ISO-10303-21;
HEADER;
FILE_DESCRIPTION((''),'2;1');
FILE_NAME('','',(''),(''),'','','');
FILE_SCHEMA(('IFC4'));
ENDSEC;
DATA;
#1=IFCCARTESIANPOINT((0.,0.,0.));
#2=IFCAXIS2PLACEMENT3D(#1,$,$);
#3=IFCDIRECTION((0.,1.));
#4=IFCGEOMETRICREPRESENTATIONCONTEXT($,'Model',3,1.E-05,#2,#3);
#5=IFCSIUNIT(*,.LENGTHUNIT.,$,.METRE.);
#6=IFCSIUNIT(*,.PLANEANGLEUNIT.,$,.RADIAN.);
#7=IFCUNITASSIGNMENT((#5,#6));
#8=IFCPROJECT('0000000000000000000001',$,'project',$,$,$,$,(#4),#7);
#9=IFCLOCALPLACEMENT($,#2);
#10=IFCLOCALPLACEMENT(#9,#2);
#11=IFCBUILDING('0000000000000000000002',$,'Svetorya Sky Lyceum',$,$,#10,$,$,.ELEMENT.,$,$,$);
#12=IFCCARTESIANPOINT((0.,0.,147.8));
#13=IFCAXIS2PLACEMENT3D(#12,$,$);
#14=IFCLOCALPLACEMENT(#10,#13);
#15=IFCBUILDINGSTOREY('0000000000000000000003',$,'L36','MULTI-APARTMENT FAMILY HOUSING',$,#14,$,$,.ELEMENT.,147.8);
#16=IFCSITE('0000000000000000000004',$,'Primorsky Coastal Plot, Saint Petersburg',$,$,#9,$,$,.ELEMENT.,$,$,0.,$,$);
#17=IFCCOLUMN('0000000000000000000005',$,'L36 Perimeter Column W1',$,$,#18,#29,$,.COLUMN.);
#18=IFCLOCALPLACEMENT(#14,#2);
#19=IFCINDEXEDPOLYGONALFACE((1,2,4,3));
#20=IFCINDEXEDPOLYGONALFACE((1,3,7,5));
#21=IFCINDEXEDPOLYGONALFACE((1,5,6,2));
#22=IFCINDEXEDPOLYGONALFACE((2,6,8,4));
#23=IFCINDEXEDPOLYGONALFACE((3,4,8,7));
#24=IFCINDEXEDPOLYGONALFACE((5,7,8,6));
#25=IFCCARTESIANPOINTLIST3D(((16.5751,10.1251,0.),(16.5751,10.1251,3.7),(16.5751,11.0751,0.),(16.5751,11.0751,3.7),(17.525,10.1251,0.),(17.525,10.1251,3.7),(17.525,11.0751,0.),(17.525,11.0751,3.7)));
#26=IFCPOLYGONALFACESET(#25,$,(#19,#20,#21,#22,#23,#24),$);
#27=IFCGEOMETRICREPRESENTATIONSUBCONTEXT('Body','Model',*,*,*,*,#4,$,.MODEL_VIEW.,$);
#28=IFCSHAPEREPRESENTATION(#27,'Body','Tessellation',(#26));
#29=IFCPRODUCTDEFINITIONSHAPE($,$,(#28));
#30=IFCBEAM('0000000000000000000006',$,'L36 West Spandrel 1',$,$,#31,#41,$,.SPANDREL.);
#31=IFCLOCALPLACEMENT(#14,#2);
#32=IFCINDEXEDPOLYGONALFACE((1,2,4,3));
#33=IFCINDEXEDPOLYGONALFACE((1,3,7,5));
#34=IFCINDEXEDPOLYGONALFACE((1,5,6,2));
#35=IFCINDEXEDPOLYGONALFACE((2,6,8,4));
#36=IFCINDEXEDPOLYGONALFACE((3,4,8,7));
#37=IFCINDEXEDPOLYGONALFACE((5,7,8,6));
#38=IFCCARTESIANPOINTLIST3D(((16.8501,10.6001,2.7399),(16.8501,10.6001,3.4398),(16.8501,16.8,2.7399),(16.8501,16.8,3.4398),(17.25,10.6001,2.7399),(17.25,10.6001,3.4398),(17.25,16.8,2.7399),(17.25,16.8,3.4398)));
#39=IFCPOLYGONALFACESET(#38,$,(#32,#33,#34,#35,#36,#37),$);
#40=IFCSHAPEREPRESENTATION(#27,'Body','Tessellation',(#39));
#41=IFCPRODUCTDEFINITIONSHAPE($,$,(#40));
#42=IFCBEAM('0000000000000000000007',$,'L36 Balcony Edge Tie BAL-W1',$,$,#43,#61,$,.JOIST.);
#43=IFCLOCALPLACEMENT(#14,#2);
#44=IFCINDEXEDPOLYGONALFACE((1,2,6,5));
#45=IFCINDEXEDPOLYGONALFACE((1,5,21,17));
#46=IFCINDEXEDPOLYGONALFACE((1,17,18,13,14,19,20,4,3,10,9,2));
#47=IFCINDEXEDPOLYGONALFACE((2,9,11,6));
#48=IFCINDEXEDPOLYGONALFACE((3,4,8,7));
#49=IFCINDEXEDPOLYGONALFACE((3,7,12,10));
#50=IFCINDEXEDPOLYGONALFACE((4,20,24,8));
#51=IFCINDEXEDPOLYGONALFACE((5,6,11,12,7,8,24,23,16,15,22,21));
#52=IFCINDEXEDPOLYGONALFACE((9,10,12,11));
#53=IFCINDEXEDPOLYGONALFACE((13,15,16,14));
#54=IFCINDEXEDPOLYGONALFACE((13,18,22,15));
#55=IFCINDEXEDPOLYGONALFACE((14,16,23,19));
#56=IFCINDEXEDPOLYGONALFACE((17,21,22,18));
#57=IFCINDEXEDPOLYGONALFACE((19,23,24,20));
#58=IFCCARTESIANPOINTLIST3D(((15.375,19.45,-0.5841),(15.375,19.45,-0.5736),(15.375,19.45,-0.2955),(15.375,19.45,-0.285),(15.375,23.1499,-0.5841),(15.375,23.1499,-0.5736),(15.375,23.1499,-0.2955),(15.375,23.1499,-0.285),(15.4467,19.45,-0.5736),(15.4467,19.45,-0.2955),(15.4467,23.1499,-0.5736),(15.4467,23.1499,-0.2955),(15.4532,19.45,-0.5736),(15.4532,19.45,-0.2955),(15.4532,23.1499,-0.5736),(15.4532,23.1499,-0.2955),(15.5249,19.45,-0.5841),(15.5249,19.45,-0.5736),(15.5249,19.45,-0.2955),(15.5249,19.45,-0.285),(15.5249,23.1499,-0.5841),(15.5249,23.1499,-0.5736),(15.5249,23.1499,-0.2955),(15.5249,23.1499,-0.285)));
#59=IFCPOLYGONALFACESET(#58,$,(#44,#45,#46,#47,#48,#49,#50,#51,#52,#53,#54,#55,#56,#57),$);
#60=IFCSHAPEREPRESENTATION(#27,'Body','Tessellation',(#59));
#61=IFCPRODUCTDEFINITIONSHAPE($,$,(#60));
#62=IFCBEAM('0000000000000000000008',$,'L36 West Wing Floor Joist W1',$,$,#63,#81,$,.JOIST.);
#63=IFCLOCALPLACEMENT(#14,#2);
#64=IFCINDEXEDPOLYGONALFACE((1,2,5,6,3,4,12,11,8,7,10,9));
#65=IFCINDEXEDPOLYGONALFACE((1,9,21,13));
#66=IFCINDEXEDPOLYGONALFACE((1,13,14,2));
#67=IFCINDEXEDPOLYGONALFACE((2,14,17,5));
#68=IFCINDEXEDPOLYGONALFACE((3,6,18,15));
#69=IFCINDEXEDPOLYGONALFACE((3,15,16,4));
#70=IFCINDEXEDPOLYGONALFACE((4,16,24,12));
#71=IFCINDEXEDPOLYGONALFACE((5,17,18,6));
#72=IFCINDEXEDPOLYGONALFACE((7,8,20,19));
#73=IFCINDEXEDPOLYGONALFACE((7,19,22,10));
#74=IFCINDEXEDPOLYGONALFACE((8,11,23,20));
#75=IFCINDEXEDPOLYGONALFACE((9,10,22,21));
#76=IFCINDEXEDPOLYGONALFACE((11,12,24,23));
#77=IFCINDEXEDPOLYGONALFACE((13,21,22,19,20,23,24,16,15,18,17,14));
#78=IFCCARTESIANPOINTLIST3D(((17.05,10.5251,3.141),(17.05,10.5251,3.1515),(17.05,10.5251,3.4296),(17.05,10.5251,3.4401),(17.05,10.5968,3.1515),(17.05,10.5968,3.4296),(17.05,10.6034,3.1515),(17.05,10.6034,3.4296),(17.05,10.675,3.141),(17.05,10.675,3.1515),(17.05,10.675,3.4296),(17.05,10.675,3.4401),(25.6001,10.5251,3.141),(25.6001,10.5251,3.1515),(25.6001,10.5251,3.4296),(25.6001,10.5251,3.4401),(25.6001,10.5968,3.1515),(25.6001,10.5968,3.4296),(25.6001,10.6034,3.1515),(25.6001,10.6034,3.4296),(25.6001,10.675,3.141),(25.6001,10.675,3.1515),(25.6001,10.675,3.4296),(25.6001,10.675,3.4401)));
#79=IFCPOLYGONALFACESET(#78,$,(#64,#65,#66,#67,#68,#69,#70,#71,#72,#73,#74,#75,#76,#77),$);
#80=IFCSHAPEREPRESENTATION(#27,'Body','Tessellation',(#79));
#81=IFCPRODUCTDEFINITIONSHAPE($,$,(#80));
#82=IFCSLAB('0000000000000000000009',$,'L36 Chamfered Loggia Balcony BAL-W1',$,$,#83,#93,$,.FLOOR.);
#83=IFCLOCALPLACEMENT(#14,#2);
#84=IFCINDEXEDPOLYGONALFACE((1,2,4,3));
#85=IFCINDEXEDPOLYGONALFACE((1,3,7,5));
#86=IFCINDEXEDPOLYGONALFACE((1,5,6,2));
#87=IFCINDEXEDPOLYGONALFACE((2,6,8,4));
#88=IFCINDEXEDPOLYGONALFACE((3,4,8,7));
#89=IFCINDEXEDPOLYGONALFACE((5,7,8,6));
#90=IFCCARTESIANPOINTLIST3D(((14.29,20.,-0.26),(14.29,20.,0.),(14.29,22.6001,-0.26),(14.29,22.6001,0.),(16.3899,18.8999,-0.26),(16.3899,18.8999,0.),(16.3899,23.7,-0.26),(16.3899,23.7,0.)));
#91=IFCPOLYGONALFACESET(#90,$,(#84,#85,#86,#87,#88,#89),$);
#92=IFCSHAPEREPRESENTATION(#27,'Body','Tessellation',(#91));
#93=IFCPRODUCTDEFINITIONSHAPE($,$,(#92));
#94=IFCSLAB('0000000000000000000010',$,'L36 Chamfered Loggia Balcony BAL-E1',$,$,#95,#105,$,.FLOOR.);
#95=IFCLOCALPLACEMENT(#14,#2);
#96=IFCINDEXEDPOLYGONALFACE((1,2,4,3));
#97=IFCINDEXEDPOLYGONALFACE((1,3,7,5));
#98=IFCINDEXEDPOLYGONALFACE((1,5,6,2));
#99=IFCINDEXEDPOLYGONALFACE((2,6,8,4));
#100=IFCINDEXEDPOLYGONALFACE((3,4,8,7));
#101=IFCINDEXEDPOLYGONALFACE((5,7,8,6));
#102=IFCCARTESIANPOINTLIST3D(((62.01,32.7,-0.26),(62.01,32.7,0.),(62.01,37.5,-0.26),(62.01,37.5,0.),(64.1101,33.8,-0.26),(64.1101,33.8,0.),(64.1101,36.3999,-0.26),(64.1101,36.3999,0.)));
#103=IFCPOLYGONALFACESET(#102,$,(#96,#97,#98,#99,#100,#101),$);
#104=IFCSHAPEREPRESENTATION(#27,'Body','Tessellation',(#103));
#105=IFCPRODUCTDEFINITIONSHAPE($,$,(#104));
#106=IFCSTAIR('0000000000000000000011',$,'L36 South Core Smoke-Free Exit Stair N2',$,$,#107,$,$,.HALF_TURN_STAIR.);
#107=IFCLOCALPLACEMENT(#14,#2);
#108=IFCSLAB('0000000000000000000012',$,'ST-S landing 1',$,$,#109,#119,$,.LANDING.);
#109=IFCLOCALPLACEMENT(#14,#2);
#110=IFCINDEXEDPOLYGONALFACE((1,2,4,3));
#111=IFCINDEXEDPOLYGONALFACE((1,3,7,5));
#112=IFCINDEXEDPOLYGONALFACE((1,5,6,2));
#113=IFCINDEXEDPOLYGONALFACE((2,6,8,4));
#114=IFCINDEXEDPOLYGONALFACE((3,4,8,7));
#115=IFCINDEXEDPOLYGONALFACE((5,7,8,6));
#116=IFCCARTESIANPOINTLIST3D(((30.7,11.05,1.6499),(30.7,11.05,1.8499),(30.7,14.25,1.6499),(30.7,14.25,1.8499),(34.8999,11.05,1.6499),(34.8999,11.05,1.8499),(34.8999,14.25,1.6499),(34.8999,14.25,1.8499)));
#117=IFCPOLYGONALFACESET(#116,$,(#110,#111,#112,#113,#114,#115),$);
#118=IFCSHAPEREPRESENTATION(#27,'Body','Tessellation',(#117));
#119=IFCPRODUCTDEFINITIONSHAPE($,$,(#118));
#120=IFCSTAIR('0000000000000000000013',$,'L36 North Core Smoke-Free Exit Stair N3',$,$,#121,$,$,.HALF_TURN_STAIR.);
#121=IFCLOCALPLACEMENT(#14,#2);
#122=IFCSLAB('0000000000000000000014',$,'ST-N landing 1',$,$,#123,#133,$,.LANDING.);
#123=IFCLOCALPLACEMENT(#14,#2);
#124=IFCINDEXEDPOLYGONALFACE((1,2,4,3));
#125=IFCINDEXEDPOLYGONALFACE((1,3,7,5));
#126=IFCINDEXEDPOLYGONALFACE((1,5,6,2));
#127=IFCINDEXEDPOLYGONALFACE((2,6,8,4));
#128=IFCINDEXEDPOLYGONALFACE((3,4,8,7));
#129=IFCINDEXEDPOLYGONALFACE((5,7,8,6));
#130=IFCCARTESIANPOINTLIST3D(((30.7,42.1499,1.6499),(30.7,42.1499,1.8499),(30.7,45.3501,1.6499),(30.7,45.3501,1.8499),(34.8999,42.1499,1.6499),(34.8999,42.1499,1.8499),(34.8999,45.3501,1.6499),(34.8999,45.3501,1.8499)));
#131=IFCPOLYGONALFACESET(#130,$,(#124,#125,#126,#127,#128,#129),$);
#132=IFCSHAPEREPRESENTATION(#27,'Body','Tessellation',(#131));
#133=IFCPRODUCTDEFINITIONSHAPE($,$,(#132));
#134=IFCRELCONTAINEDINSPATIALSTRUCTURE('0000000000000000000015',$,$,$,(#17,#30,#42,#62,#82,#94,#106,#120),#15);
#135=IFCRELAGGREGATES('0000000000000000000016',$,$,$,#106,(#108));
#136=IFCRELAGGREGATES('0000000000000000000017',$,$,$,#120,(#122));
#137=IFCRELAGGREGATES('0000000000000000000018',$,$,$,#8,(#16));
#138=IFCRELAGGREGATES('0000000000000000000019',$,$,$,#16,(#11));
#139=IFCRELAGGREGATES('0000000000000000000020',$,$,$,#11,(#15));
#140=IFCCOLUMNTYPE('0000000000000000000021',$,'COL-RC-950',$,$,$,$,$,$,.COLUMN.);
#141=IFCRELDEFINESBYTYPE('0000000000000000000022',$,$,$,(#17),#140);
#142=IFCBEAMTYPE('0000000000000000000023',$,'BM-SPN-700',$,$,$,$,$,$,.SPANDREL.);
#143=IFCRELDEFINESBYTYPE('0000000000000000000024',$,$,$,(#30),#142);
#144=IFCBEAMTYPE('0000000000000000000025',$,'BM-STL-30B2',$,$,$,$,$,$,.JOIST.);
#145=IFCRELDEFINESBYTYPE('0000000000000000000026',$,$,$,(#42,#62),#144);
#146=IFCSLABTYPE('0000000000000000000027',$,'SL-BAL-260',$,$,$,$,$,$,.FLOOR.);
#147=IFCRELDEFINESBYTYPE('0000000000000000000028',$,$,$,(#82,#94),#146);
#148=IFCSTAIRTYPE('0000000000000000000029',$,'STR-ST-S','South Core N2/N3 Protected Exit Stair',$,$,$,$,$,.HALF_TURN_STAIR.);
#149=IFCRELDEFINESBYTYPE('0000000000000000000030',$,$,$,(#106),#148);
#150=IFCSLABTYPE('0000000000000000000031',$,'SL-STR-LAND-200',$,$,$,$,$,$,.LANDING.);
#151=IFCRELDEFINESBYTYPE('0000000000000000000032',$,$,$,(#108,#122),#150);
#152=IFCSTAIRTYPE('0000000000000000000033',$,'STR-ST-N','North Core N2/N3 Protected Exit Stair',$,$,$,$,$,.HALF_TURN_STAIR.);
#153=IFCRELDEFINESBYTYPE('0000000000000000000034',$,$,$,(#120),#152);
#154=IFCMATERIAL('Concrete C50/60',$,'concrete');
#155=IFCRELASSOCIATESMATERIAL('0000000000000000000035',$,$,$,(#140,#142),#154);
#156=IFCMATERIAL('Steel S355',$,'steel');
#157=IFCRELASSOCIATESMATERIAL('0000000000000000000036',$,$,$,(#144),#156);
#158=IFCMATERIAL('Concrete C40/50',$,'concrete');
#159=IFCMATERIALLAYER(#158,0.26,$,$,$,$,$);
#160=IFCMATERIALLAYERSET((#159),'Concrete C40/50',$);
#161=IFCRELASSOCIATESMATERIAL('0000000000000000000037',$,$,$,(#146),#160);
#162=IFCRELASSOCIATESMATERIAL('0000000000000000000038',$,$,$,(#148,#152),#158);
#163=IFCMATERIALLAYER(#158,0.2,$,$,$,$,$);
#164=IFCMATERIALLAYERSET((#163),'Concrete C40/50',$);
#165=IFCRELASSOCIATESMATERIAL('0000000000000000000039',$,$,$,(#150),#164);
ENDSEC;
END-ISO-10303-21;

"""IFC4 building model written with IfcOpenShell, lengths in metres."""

from ifc_helpers import new_model, si_unit, direction, frame, origin, origin_2d, place, context, subcontext, project, spatial, polyline, rectangle, i_section, outline, extrude, material, layer, layer_set, material_profile, profile_set, type_object, element, aggregate, save


model = new_model("IFC4")

# Units and contexts
model_context = context("Model", 3, precision=1e-05, world=origin(), true_north=direction((0.0, 1.0)))
body_context = subcontext(model_context, "Body", "Model", "MODEL_VIEW")
ifc_project = project(units=[si_unit("LENGTHUNIT", "METRE"), si_unit("PLANEANGLEUNIT", "RADIAN")], contexts=[model_context])

# Site, building, storey
site_placement = place(None, origin())
site = spatial("IfcSite", under=ifc_project, at=site_placement, Name="Primorsky Coastal Plot, Saint Petersburg", CompositionType="ELEMENT", RefElevation=0.0)
building_placement = place(site_placement, origin())
building = spatial("IfcBuilding", under=site, at=building_placement, Name="Svetorya Sky Lyceum", CompositionType="ELEMENT")
storey_placement = place(building_placement, frame((0.0, 0.0, 147.8)))
storey = spatial("IfcBuildingStorey", under=building, at=storey_placement, Name="L36", Description="MULTI-APARTMENT FAMILY HOUSING", CompositionType="ELEMENT", Elevation=147.8)

# Column
ifc_material_1 = material(Name="Concrete C50/60", Category="concrete")
ifc_material_profile_1 = material_profile(ifc_material_1, rectangle(XDim=0.95, YDim=0.95, at=origin_2d()), Name="RC COL 950x950")
ifc_profile_set_1 = profile_set([ifc_material_profile_1], Name="Concrete C50/60")
column_type = type_object("IfcColumnType", Name="COL-RC-950", PredefinedType="COLUMN", material=ifc_profile_set_1)
column_placement = place(storey_placement, frame((17.05, 10.6001, 0.0), z_axis=(0.0, 0.0, 1.0), x_axis=(1.0, 0.0, 0.0)))
element("IfcColumn", 1, at=column_placement, inside=storey, type_object=column_type, Name="L36 Perimeter Column W1", PredefinedType="COLUMN", context=body_context, shape_type="SweptSolid", body=[
    extrude(rectangle(XDim=0.95, YDim=0.95, at=origin_2d()), origin(), (0.0, 0.0, 1.0), 3.7),
])

# Beams
ifc_material_profile_2 = material_profile(ifc_material_1, rectangle(XDim=0.3999, YDim=0.7, at=origin_2d()), Name="RC SPANDREL 400x700")
ifc_profile_set_2 = profile_set([ifc_material_profile_2], Name="Concrete C50/60")
beam_type_1 = type_object("IfcBeamType", Name="BM-SPN-700", PredefinedType="SPANDREL", material=ifc_profile_set_2)
beam_1_placement = place(storey_placement, frame((17.05, 10.6001, 3.0898), z_axis=(0.0, 1.0, 0.0), x_axis=(-1.0, 0.0, 0.0)))
element("IfcBeam", 2, at=beam_1_placement, inside=storey, type_object=beam_type_1, Name="L36 West Spandrel 1", PredefinedType="SPANDREL", context=body_context, shape_type="SweptSolid", body=[
    extrude(rectangle(XDim=0.3999, YDim=0.7, at=origin_2d()), origin(), (0.0, 0.0, 1.0), 6.2),
])
ifc_material_2 = material(Name="Steel S355", Category="steel")
ifc_material_profile_3 = material_profile(ifc_material_2, i_section(OverallWidth=0.1499, OverallDepth=0.2991, WebThickness=0.0066, FlangeThickness=0.0105, at=origin_2d()), Name="GOST 30B2")
ifc_profile_set_3 = profile_set([ifc_material_profile_3], Name="Steel S355")
beam_type_2 = type_object("IfcBeamType", Name="BM-STL-30B2", PredefinedType="JOIST", material=ifc_profile_set_3)
beam_2_placement = place(storey_placement, frame((15.45, 19.45, -0.4346), z_axis=(0.0, 1.0, 0.0), x_axis=(-1.0, 0.0, 0.0)))
element("IfcBeam", 3, at=beam_2_placement, inside=storey, type_object=beam_type_2, Name="L36 Balcony Edge Tie BAL-W1", PredefinedType="JOIST", context=body_context, shape_type="SweptSolid", body=[
    extrude(i_section(OverallWidth=0.1499, OverallDepth=0.2991, WebThickness=0.0066, FlangeThickness=0.0105, at=origin_2d()), origin(), (0.0, 0.0, 1.0), 3.7),
])
beam_3_placement = place(storey_placement, frame((17.05, 10.6001, 3.2905), z_axis=(1.0, 0.0, 0.0), x_axis=(0.0, 1.0, 0.0)))
element("IfcBeam", 4, at=beam_3_placement, inside=storey, type_object=beam_type_2, Name="L36 West Wing Floor Joist W1", PredefinedType="JOIST", context=body_context, shape_type="SweptSolid", body=[
    extrude(i_section(OverallWidth=0.1499, OverallDepth=0.2991, WebThickness=0.0066, FlangeThickness=0.0105, at=origin_2d()), origin(), (0.0, 0.0, 1.0), 8.55),
])

# Slabs
ifc_material_3 = material(Name="Concrete C40/50", Category="concrete")
ifc_layer_1 = layer(ifc_material_3, 0.26)
ifc_layer_set_1 = layer_set([ifc_layer_1], Name="Concrete C40/50")
slab_type_1 = type_object("IfcSlabType", Name="SL-BAL-260", PredefinedType="FLOOR", material=ifc_layer_set_1)
slab_1_placement = place(storey_placement, frame((0.0, 0.0, -0.26)))
element("IfcSlab", 5, at=slab_1_placement, inside=storey, type_object=slab_type_1, Name="L36 Chamfered Loggia Balcony BAL-W1", PredefinedType="FLOOR", context=body_context, shape_type="SweptSolid", body=[
    extrude(outline(polyline([(16.3899, 18.8999), (16.3899, 23.7), (14.29, 22.6001), (14.29, 20.0), (16.3899, 18.8999)])), origin(), (0.0, 0.0, 1.0), 0.26),
])
slab_2_placement = place(storey_placement, frame((0.0, 0.0, -0.26)))
element("IfcSlab", 6, at=slab_2_placement, inside=storey, type_object=slab_type_1, Name="L36 Chamfered Loggia Balcony BAL-E1", PredefinedType="FLOOR", context=body_context, shape_type="SweptSolid", body=[
    extrude(outline(polyline([(62.01, 32.7), (64.1101, 33.8), (64.1101, 36.3999), (62.01, 37.5), (62.01, 32.7)])), origin(), (0.0, 0.0, 1.0), 0.26),
])

# Stairs, slabs
stair_type_1 = type_object("IfcStairType", Name="STR-ST-S", Description="South Core N2/N3 Protected Exit Stair", PredefinedType="HALF_TURN_STAIR", material=ifc_material_3)
stair_1_placement = place(storey_placement, origin())
stair_1 = element("IfcStair", 7, at=stair_1_placement, inside=storey, type_object=stair_type_1, Name="L36 South Core Smoke-Free Exit Stair N2", PredefinedType="HALF_TURN_STAIR")
ifc_layer_2 = layer(ifc_material_3, 0.2)
ifc_layer_set_2 = layer_set([ifc_layer_2], Name="Concrete C40/50")
slab_type_2 = type_object("IfcSlabType", Name="SL-STR-LAND-200", PredefinedType="LANDING", material=ifc_layer_set_2)
slab_3_placement = place(storey_placement, frame((0.0, 0.0, 1.6499)))
slab_3 = element("IfcSlab", 8, at=slab_3_placement, type_object=slab_type_2, Name="ST-S landing 1", PredefinedType="LANDING", context=body_context, shape_type="SweptSolid", body=[
    extrude(outline(polyline([(30.7, 11.05), (34.8999, 11.05), (34.8999, 14.25), (30.7, 14.25), (30.7, 11.05)])), origin(), (0.0, 0.0, 1.0), 0.2),
])
aggregate(stair_1, [slab_3])
stair_type_2 = type_object("IfcStairType", Name="STR-ST-N", Description="North Core N2/N3 Protected Exit Stair", PredefinedType="HALF_TURN_STAIR", material=ifc_material_3)
stair_2_placement = place(storey_placement, origin())
stair_2 = element("IfcStair", 9, at=stair_2_placement, inside=storey, type_object=stair_type_2, Name="L36 North Core Smoke-Free Exit Stair N3", PredefinedType="HALF_TURN_STAIR")
slab_4_placement = place(storey_placement, frame((0.0, 0.0, 1.6499)))
slab_4 = element("IfcSlab", 10, at=slab_4_placement, type_object=slab_type_2, Name="ST-N landing 1", PredefinedType="LANDING", context=body_context, shape_type="SweptSolid", body=[
    extrude(outline(polyline([(30.7, 42.1499), (34.8999, 42.1499), (34.8999, 45.3501), (30.7, 45.3501), (30.7, 42.1499)])), origin(), (0.0, 0.0, 1.0), 0.2),
])
aggregate(stair_2, [slab_4])

save(model, "model.ifc")
